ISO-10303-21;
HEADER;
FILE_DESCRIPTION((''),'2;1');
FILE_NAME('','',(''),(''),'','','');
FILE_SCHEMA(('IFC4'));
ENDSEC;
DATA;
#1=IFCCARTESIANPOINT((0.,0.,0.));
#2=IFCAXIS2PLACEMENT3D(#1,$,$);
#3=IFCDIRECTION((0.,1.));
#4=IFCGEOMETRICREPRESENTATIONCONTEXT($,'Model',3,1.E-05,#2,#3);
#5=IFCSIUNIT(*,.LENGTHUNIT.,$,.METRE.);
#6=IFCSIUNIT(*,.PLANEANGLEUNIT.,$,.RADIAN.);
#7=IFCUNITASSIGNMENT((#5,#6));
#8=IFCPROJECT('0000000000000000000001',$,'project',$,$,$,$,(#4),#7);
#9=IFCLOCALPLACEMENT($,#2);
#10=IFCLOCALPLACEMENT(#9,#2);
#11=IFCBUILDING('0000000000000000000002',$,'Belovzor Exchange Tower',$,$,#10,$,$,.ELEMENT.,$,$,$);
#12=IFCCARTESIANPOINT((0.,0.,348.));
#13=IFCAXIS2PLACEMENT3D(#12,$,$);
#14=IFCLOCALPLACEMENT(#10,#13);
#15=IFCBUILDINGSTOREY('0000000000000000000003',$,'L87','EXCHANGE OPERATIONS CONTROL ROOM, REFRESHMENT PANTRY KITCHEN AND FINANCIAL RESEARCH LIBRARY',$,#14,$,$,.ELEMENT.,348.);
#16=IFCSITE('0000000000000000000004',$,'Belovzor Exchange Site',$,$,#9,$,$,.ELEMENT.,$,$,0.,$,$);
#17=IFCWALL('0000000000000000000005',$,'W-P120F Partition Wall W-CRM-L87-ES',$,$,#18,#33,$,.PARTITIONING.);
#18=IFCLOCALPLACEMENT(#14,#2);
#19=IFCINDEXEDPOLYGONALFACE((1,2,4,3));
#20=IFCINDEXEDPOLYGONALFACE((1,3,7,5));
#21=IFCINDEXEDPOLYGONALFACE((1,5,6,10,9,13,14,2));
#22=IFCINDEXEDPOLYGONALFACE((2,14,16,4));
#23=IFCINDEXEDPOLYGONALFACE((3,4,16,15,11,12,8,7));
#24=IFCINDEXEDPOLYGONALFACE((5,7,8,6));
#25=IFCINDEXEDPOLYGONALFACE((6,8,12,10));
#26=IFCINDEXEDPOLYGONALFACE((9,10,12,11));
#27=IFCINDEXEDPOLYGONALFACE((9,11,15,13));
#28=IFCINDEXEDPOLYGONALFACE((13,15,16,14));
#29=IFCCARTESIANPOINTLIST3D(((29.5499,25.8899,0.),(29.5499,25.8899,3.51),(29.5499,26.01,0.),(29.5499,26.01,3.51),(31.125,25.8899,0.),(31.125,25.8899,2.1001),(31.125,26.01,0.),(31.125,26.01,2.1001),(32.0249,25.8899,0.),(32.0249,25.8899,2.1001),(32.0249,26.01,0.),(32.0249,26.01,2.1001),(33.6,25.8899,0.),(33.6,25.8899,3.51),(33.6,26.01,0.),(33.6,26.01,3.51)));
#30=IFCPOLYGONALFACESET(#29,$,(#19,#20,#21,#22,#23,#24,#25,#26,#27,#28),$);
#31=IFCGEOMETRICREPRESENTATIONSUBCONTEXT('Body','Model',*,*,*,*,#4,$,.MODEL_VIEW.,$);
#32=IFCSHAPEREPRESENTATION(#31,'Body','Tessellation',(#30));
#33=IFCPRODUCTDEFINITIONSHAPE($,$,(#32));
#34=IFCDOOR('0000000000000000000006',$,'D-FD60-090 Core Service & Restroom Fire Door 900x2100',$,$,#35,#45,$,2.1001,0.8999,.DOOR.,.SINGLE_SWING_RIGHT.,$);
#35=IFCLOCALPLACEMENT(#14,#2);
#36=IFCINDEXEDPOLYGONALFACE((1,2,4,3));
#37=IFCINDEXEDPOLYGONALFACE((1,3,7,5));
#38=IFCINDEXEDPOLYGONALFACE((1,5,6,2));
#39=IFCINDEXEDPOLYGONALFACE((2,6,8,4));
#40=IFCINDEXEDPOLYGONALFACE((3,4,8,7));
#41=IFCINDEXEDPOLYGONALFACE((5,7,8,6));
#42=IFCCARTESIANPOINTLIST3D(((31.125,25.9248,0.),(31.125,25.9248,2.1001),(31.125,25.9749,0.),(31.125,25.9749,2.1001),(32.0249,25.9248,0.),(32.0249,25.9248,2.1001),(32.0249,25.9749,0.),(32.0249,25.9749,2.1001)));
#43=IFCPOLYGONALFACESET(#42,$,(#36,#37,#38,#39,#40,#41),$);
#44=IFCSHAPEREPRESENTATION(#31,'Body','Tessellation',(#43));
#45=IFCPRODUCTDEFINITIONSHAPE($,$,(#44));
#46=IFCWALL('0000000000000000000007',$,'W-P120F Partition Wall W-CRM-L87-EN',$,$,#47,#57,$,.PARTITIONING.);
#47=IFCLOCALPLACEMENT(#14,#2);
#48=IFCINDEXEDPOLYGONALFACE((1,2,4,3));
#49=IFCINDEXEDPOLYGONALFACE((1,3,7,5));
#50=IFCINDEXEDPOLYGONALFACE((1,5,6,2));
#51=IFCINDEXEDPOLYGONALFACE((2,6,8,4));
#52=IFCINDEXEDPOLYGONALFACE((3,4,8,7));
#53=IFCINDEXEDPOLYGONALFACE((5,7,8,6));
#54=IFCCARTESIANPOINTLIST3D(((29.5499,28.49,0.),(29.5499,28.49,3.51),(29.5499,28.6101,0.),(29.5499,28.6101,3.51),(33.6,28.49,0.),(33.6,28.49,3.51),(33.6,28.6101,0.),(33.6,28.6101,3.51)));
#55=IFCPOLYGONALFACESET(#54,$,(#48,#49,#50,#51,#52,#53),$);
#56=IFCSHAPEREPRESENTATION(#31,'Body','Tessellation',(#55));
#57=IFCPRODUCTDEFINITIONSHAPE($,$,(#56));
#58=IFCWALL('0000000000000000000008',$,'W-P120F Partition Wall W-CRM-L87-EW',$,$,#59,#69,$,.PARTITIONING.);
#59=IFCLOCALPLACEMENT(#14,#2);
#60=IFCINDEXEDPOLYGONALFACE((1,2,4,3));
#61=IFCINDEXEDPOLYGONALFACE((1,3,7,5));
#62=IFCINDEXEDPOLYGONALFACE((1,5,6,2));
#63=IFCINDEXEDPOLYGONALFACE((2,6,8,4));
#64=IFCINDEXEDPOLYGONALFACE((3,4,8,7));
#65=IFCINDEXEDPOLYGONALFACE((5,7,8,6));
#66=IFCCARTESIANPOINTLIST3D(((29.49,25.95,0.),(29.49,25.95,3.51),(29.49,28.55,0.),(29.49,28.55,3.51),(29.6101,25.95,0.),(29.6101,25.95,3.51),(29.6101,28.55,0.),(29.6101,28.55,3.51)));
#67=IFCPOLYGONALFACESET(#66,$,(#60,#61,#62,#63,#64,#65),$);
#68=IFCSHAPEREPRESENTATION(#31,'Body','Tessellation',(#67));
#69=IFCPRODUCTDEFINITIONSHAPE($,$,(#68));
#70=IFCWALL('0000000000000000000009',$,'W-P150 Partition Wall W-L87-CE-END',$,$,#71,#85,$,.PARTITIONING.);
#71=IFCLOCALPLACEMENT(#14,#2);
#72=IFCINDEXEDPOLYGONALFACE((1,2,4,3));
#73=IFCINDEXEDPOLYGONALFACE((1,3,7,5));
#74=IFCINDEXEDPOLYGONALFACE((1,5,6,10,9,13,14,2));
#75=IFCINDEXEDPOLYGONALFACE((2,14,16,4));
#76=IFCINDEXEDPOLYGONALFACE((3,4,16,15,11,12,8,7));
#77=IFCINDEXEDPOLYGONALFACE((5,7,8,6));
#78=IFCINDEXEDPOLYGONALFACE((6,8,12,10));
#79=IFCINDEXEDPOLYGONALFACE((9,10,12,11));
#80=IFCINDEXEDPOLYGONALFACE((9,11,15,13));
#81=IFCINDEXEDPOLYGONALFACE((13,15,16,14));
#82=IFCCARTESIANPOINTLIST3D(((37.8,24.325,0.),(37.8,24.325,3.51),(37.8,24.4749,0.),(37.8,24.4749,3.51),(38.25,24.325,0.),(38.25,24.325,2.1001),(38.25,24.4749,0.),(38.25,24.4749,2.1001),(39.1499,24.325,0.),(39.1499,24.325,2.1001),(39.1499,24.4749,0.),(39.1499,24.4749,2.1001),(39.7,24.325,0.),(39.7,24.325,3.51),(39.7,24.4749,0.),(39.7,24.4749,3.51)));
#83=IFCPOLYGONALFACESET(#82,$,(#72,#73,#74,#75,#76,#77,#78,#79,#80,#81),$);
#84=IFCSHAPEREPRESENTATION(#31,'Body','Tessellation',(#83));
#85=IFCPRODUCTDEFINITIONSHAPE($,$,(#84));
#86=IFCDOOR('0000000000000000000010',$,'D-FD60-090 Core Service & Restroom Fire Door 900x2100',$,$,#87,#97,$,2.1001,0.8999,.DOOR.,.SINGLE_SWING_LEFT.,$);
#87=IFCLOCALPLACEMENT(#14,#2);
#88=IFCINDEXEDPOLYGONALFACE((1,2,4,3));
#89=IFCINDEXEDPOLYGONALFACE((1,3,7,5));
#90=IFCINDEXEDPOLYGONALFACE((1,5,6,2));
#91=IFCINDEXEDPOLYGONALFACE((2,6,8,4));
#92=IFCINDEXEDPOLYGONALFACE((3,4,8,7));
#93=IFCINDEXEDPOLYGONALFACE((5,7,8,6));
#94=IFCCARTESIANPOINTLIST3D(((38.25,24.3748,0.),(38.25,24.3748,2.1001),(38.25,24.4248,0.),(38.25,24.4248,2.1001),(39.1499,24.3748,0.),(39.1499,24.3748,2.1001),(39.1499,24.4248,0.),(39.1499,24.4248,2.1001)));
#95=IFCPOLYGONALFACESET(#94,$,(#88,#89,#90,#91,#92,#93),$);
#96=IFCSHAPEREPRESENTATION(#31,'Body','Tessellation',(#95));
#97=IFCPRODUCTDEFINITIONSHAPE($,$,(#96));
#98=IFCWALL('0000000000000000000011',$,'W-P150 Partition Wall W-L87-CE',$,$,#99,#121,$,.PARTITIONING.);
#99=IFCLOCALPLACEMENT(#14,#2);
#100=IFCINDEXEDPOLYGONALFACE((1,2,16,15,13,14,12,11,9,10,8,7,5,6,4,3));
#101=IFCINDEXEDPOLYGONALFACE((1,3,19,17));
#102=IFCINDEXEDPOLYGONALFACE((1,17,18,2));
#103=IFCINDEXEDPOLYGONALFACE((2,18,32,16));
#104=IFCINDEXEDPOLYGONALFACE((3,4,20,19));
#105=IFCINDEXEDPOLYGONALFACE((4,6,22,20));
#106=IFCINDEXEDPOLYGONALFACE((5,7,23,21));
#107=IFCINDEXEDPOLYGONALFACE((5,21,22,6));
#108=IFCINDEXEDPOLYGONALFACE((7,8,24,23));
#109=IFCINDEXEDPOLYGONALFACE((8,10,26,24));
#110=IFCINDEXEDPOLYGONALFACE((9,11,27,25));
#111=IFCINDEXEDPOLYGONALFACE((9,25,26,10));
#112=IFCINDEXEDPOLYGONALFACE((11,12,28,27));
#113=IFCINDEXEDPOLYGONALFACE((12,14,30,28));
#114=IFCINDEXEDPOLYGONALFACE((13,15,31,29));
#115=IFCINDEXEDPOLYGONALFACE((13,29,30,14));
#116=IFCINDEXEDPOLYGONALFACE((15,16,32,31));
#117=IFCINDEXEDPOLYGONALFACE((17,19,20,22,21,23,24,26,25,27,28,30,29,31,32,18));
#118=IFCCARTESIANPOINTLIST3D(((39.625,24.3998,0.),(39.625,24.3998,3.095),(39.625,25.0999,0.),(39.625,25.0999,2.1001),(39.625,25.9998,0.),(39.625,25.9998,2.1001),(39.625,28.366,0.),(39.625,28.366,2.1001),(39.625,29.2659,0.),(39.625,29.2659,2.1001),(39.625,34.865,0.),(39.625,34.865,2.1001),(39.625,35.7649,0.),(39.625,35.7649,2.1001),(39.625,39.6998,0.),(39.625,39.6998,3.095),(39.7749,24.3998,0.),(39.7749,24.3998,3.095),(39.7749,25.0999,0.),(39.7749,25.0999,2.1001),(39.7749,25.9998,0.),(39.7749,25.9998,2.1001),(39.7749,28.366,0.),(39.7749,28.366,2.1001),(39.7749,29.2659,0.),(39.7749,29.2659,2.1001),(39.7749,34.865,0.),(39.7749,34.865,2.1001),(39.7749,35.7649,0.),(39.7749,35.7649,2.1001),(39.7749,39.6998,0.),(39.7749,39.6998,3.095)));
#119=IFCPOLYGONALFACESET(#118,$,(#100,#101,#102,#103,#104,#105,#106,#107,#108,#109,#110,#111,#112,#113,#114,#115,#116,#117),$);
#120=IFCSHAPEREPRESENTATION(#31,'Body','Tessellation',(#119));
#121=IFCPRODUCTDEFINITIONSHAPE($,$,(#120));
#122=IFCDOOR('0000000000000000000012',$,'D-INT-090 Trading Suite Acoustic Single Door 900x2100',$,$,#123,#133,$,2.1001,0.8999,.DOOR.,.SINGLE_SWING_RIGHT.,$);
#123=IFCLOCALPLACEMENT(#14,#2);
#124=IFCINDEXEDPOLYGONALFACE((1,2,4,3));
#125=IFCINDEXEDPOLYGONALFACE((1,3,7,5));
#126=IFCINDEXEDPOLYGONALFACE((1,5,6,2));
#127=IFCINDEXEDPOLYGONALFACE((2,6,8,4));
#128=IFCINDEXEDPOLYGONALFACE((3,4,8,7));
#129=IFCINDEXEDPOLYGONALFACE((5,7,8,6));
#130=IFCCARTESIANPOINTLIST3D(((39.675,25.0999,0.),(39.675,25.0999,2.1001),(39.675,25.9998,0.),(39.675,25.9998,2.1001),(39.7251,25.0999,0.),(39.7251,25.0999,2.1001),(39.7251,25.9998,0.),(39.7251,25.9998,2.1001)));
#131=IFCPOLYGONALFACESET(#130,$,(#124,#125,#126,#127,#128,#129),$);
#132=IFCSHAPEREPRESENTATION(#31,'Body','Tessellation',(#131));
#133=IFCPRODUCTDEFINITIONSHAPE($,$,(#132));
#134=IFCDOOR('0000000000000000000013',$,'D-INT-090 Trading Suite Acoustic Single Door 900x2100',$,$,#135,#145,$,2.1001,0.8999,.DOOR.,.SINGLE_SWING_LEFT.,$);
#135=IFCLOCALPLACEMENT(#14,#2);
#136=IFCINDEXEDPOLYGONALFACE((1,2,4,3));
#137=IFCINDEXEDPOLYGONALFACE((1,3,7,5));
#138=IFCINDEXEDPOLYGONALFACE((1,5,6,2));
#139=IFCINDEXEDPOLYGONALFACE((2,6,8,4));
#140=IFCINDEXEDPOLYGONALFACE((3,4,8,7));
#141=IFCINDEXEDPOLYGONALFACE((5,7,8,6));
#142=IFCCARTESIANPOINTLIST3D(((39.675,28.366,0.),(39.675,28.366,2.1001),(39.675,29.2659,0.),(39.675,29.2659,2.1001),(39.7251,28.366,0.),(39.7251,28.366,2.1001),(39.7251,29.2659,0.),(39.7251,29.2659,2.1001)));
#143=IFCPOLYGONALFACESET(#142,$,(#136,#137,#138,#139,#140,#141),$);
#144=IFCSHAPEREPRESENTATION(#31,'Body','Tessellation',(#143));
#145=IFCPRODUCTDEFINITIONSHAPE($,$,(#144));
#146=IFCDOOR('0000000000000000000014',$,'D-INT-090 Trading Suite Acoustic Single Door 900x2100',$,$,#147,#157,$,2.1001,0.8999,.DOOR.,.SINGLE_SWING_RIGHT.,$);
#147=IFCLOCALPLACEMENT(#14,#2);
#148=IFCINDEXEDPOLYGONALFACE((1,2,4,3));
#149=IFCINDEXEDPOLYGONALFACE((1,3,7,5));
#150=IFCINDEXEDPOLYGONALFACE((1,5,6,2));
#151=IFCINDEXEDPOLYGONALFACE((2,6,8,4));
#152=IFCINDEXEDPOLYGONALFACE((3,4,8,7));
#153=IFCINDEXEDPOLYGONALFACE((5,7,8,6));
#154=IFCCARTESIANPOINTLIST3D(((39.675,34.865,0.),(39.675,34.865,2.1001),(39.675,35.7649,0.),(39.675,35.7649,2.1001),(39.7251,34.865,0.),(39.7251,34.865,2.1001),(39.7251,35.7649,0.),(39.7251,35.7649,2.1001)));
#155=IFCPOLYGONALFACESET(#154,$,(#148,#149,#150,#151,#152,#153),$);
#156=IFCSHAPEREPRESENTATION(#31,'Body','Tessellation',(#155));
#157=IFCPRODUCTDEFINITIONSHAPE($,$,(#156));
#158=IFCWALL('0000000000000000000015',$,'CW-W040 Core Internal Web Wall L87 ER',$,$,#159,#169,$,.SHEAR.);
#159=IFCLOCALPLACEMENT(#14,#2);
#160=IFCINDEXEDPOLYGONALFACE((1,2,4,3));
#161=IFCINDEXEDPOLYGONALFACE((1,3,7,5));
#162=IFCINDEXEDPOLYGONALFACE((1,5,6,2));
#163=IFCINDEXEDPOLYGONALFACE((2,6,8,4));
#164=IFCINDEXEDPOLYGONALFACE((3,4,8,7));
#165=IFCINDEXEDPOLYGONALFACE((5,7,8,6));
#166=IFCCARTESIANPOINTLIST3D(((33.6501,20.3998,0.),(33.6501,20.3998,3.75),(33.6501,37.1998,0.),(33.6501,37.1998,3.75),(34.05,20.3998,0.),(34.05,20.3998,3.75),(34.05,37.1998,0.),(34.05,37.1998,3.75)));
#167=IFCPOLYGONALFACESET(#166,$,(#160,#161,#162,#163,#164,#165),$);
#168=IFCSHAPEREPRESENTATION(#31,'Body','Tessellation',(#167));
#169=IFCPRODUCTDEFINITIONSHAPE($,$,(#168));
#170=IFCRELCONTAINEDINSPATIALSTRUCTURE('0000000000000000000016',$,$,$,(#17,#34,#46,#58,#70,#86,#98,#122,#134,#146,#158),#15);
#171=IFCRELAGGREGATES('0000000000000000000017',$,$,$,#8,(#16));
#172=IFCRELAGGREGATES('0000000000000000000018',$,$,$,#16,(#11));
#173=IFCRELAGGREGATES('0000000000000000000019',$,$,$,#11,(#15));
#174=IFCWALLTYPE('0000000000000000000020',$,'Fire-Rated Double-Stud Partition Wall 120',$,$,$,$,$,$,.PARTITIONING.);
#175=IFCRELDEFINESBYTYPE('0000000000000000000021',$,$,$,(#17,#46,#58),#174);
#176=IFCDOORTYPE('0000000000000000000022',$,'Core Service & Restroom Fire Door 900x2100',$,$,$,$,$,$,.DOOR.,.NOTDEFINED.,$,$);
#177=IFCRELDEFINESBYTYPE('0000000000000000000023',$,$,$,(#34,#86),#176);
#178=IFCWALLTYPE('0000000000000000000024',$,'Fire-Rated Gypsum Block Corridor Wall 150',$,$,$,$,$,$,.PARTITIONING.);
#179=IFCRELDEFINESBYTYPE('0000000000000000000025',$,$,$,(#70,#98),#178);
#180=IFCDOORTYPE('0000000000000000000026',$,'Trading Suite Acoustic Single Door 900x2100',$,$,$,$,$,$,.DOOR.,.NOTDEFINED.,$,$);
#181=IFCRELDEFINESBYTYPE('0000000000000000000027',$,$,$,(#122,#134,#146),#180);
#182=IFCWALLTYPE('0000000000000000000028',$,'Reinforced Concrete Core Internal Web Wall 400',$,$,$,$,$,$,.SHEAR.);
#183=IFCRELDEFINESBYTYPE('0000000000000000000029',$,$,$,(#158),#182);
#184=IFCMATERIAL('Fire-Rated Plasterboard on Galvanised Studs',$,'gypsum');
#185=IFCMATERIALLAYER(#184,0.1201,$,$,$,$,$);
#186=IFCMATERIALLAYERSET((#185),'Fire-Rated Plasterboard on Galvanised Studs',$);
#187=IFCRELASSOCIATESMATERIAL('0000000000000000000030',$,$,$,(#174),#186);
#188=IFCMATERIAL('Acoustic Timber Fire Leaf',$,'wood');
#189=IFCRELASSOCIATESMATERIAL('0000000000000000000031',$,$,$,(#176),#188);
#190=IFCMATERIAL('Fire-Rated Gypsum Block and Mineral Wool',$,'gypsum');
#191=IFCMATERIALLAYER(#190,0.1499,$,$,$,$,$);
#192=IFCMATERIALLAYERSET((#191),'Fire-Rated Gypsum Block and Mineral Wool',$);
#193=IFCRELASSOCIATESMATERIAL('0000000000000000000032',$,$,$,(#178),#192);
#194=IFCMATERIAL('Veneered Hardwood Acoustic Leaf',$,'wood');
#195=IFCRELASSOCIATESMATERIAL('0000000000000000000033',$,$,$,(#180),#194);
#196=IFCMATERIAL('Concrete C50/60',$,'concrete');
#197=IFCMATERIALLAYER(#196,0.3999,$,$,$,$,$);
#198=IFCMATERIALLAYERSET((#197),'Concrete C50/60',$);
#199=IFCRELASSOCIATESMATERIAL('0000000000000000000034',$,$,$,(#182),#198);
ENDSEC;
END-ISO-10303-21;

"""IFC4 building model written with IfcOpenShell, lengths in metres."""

from ifc_helpers import new_model, si_unit, direction, frame, frame_2d, origin, place, context, subcontext, project, spatial, rectangle, extrude, material, layer, layer_set, type_object, element, fill, save


model = new_model("IFC4")

# Units and contexts
model_context = context("Model", 3, precision=1e-05, world=origin(), true_north=direction((0.0, 1.0)))
body_context = subcontext(model_context, "Body", "Model", "MODEL_VIEW")
ifc_project = project(units=[si_unit("LENGTHUNIT", "METRE"), si_unit("PLANEANGLEUNIT", "RADIAN")], contexts=[model_context])

# Site, building, storey
site_placement = place(None, origin())
site = spatial("IfcSite", under=ifc_project, at=site_placement, Name="Belovzor Exchange Site", CompositionType="ELEMENT", RefElevation=0.0)
building_placement = place(site_placement, origin())
building = spatial("IfcBuilding", under=site, at=building_placement, Name="Belovzor Exchange Tower", CompositionType="ELEMENT")
storey_placement = place(building_placement, frame((0.0, 0.0, 348.0)))
storey = spatial("IfcBuildingStorey", under=building, at=storey_placement, Name="L87", Description="EXCHANGE OPERATIONS CONTROL ROOM, REFRESHMENT PANTRY KITCHEN AND FINANCIAL RESEARCH LIBRARY", CompositionType="ELEMENT", Elevation=348.0)

# Shared definitions
ifc_material_1 = material(Name="Fire-Rated Plasterboard on Galvanised Studs", Category="gypsum")
ifc_layer_1 = layer(ifc_material_1, 0.1201)
ifc_layer_set_1 = layer_set([ifc_layer_1], Name="Fire-Rated Plasterboard on Galvanised Studs")
wall_type_1 = type_object("IfcWallType", Name="Fire-Rated Double-Stud Partition Wall 120", PredefinedType="PARTITIONING", material=ifc_layer_set_1)
ifc_material_2 = material(Name="Acoustic Timber Fire Leaf", Category="wood")
door_type_1 = type_object("IfcDoorType", Name="Core Service & Restroom Fire Door 900x2100", OperationType="NOTDEFINED", PredefinedType="DOOR", material=ifc_material_2)

# Wall, opening, door
wall_1_placement = place(storey_placement, frame((29.55, 25.95, 0.0), z_axis=(0.0, 0.0, 1.0), x_axis=(1.0, 0.0, 0.0)))
wall_1 = element("IfcWall", 1, at=wall_1_placement, inside=storey, type_object=wall_type_1, Name="W-P120F Partition Wall W-CRM-L87-ES", PredefinedType="PARTITIONING", context=body_context, shape_type="SweptSolid", body=[
    extrude(rectangle(XDim=4.05, YDim=0.1201, at=frame_2d((2.0249, 0.0))), origin(), (0.0, 0.0, 1.0), 3.51),
])
opening_1_placement = place(wall_1_placement, frame((1.575, 0.0, 0.0)))
opening_1 = element("IfcOpeningElement", 2, at=opening_1_placement, cuts=wall_1, PredefinedType="OPENING", context=body_context, shape_type="SweptSolid", body=[
    extrude(rectangle(XDim=0.8999, YDim=2.1001, at=frame_2d((0.45, 1.05))), frame((0.0, 0.0701, 0.0), z_axis=(0.0, -1.0, 0.0), x_axis=(1.0, 0.0, 0.0)), (0.0, 0.0, 1.0), 0.1401),
])
door_1_placement = place(opening_1_placement, origin())
door_1 = element("IfcDoor", 3, at=door_1_placement, inside=storey, type_object=door_type_1, Name="D-FD60-090 Core Service & Restroom Fire Door 900x2100", OperationType="SINGLE_SWING_RIGHT", OverallHeight=2.1001, OverallWidth=0.8999, PredefinedType="DOOR", context=body_context, shape_type="SweptSolid", body=[
    extrude(rectangle(XDim=0.8999, YDim=2.1001, at=frame_2d((0.45, 1.05))), frame((0.0, 0.0249, 0.0), z_axis=(0.0, -1.0, 0.0), x_axis=(1.0, 0.0, 0.0)), (0.0, 0.0, 1.0), 0.05),
])
fill(opening_1, door_1)

# Walls
wall_2_placement = place(storey_placement, frame((29.55, 28.55, 0.0), z_axis=(0.0, 0.0, 1.0), x_axis=(1.0, 0.0, 0.0)))
element("IfcWall", 4, at=wall_2_placement, inside=storey, type_object=wall_type_1, Name="W-P120F Partition Wall W-CRM-L87-EN", PredefinedType="PARTITIONING", context=body_context, shape_type="SweptSolid", body=[
    extrude(rectangle(XDim=4.05, YDim=0.1201, at=frame_2d((2.0249, 0.0))), origin(), (0.0, 0.0, 1.0), 3.51),
])
wall_3_placement = place(storey_placement, frame((29.55, 25.95, 0.0), z_axis=(0.0, 0.0, 1.0), x_axis=(0.0, 1.0, 0.0)))
element("IfcWall", 5, at=wall_3_placement, inside=storey, type_object=wall_type_1, Name="W-P120F Partition Wall W-CRM-L87-EW", PredefinedType="PARTITIONING", context=body_context, shape_type="SweptSolid", body=[
    extrude(rectangle(XDim=2.6001, YDim=0.1201, at=frame_2d((1.3, 0.0))), origin(), (0.0, 0.0, 1.0), 3.51),
])

# Wall, opening, door
ifc_material_3 = material(Name="Fire-Rated Gypsum Block and Mineral Wool", Category="gypsum")
ifc_layer_2 = layer(ifc_material_3, 0.1499)
ifc_layer_set_2 = layer_set([ifc_layer_2], Name="Fire-Rated Gypsum Block and Mineral Wool")
wall_type_2 = type_object("IfcWallType", Name="Fire-Rated Gypsum Block Corridor Wall 150", PredefinedType="PARTITIONING", material=ifc_layer_set_2)
wall_4_placement = place(storey_placement, frame((37.8, 24.3999, 0.0), z_axis=(0.0, 0.0, 1.0), x_axis=(1.0, 0.0, 0.0)))
wall_4 = element("IfcWall", 6, at=wall_4_placement, inside=storey, type_object=wall_type_2, Name="W-P150 Partition Wall W-L87-CE-END", PredefinedType="PARTITIONING", context=body_context, shape_type="SweptSolid", body=[
    extrude(rectangle(XDim=1.8999, YDim=0.1499, at=frame_2d((0.95, 0.0))), origin(), (0.0, 0.0, 1.0), 3.51),
])
opening_2_placement = place(wall_4_placement, frame((0.45, 0.0, 0.0)))
opening_2 = element("IfcOpeningElement", 7, at=opening_2_placement, cuts=wall_4, PredefinedType="OPENING", context=body_context, shape_type="SweptSolid", body=[
    extrude(rectangle(XDim=0.8999, YDim=2.1001, at=frame_2d((0.45, 1.05))), frame((0.0, 0.085, 0.0), z_axis=(0.0, -1.0, 0.0), x_axis=(1.0, 0.0, 0.0)), (0.0, 0.0, 1.0), 0.1699),
])
door_2_placement = place(opening_2_placement, origin())
door_2 = element("IfcDoor", 8, at=door_2_placement, inside=storey, type_object=door_type_1, Name="D-FD60-090 Core Service & Restroom Fire Door 900x2100", OperationType="SINGLE_SWING_LEFT", OverallHeight=2.1001, OverallWidth=0.8999, PredefinedType="DOOR", context=body_context, shape_type="SweptSolid", body=[
    extrude(rectangle(XDim=0.8999, YDim=2.1001, at=frame_2d((0.45, 1.05))), frame((0.0, 0.0249, 0.0), z_axis=(0.0, -1.0, 0.0), x_axis=(1.0, 0.0, 0.0)), (0.0, 0.0, 1.0), 0.05),
])
fill(opening_2, door_2)

# Wall, openings, doors
wall_5_placement = place(storey_placement, frame((39.7, 24.3999, 0.0), z_axis=(0.0, 0.0, 1.0), x_axis=(0.0, 1.0, 0.0)))
wall_5 = element("IfcWall", 9, at=wall_5_placement, inside=storey, type_object=wall_type_2, Name="W-P150 Partition Wall W-L87-CE", PredefinedType="PARTITIONING", context=body_context, shape_type="SweptSolid", body=[
    extrude(rectangle(XDim=15.3, YDim=0.1499, at=frame_2d((7.6499, 0.0))), origin(), (0.0, 0.0, 1.0), 3.095),
])
opening_3_placement = place(wall_5_placement, frame((0.7, 0.0, 0.0)))
opening_3 = element("IfcOpeningElement", 10, at=opening_3_placement, cuts=wall_5, PredefinedType="OPENING", context=body_context, shape_type="SweptSolid", body=[
    extrude(rectangle(XDim=0.8999, YDim=2.1001, at=frame_2d((0.45, 1.05))), frame((0.0, 0.085, 0.0), z_axis=(0.0, -1.0, 0.0), x_axis=(1.0, 0.0, 0.0)), (0.0, 0.0, 1.0), 0.1699),
])
opening_4_placement = place(wall_5_placement, frame((3.9661, 0.0, 0.0)))
opening_4 = element("IfcOpeningElement", 11, at=opening_4_placement, cuts=wall_5, PredefinedType="OPENING", context=body_context, shape_type="SweptSolid", body=[
    extrude(rectangle(XDim=0.8999, YDim=2.1001, at=frame_2d((0.45, 1.05))), frame((0.0, 0.085, 0.0), z_axis=(0.0, -1.0, 0.0), x_axis=(1.0, 0.0, 0.0)), (0.0, 0.0, 1.0), 0.1699),
])
opening_5_placement = place(wall_5_placement, frame((10.4651, 0.0, 0.0)))
opening_5 = element("IfcOpeningElement", 12, at=opening_5_placement, cuts=wall_5, PredefinedType="OPENING", context=body_context, shape_type="SweptSolid", body=[
    extrude(rectangle(XDim=0.8999, YDim=2.1001, at=frame_2d((0.45, 1.05))), frame((0.0, 0.085, 0.0), z_axis=(0.0, -1.0, 0.0), x_axis=(1.0, 0.0, 0.0)), (0.0, 0.0, 1.0), 0.1699),
])
ifc_material_4 = material(Name="Veneered Hardwood Acoustic Leaf", Category="wood")
door_type_2 = type_object("IfcDoorType", Name="Trading Suite Acoustic Single Door 900x2100", OperationType="NOTDEFINED", PredefinedType="DOOR", material=ifc_material_4)
door_3_placement = place(opening_3_placement, origin())
door_3 = element("IfcDoor", 13, at=door_3_placement, inside=storey, type_object=door_type_2, Name="D-INT-090 Trading Suite Acoustic Single Door 900x2100", OperationType="SINGLE_SWING_RIGHT", OverallHeight=2.1001, OverallWidth=0.8999, PredefinedType="DOOR", context=body_context, shape_type="SweptSolid", body=[
    extrude(rectangle(XDim=0.8999, YDim=2.1001, at=frame_2d((0.45, 1.05))), frame((0.0, 0.0249, 0.0), z_axis=(0.0, -1.0, 0.0), x_axis=(1.0, 0.0, 0.0)), (0.0, 0.0, 1.0), 0.05),
])
fill(opening_3, door_3)
door_4_placement = place(opening_4_placement, origin())
door_4 = element("IfcDoor", 14, at=door_4_placement, inside=storey, type_object=door_type_2, Name="D-INT-090 Trading Suite Acoustic Single Door 900x2100", OperationType="SINGLE_SWING_LEFT", OverallHeight=2.1001, OverallWidth=0.8999, PredefinedType="DOOR", context=body_context, shape_type="SweptSolid", body=[
    extrude(rectangle(XDim=0.8999, YDim=2.1001, at=frame_2d((0.45, 1.05))), frame((0.0, 0.0249, 0.0), z_axis=(0.0, -1.0, 0.0), x_axis=(1.0, 0.0, 0.0)), (0.0, 0.0, 1.0), 0.05),
])
fill(opening_4, door_4)
door_5_placement = place(opening_5_placement, origin())
door_5 = element("IfcDoor", 15, at=door_5_placement, inside=storey, type_object=door_type_2, Name="D-INT-090 Trading Suite Acoustic Single Door 900x2100", OperationType="SINGLE_SWING_RIGHT", OverallHeight=2.1001, OverallWidth=0.8999, PredefinedType="DOOR", context=body_context, shape_type="SweptSolid", body=[
    extrude(rectangle(XDim=0.8999, YDim=2.1001, at=frame_2d((0.45, 1.05))), frame((0.0, 0.0249, 0.0), z_axis=(0.0, -1.0, 0.0), x_axis=(1.0, 0.0, 0.0)), (0.0, 0.0, 1.0), 0.05),
])
fill(opening_5, door_5)

# Wall
ifc_material_5 = material(Name="Concrete C50/60", Category="concrete")
ifc_layer_3 = layer(ifc_material_5, 0.3999)
ifc_layer_set_3 = layer_set([ifc_layer_3], Name="Concrete C50/60")
wall_type_3 = type_object("IfcWallType", Name="Reinforced Concrete Core Internal Web Wall 400", PredefinedType="SHEAR", material=ifc_layer_set_3)
wall_6_placement = place(storey_placement, frame((33.8501, 20.3999, 0.0), z_axis=(0.0, 0.0, 1.0), x_axis=(0.0, 1.0, 0.0)))
element("IfcWall", 16, at=wall_6_placement, inside=storey, type_object=wall_type_3, Name="CW-W040 Core Internal Web Wall L87 ER", PredefinedType="SHEAR", context=body_context, shape_type="SweptSolid", body=[
    extrude(rectangle(XDim=16.8, YDim=0.3999, at=frame_2d((8.3999, 0.0))), origin(), (0.0, 0.0, 1.0), 3.75),
])

save(model, "model.ifc")
